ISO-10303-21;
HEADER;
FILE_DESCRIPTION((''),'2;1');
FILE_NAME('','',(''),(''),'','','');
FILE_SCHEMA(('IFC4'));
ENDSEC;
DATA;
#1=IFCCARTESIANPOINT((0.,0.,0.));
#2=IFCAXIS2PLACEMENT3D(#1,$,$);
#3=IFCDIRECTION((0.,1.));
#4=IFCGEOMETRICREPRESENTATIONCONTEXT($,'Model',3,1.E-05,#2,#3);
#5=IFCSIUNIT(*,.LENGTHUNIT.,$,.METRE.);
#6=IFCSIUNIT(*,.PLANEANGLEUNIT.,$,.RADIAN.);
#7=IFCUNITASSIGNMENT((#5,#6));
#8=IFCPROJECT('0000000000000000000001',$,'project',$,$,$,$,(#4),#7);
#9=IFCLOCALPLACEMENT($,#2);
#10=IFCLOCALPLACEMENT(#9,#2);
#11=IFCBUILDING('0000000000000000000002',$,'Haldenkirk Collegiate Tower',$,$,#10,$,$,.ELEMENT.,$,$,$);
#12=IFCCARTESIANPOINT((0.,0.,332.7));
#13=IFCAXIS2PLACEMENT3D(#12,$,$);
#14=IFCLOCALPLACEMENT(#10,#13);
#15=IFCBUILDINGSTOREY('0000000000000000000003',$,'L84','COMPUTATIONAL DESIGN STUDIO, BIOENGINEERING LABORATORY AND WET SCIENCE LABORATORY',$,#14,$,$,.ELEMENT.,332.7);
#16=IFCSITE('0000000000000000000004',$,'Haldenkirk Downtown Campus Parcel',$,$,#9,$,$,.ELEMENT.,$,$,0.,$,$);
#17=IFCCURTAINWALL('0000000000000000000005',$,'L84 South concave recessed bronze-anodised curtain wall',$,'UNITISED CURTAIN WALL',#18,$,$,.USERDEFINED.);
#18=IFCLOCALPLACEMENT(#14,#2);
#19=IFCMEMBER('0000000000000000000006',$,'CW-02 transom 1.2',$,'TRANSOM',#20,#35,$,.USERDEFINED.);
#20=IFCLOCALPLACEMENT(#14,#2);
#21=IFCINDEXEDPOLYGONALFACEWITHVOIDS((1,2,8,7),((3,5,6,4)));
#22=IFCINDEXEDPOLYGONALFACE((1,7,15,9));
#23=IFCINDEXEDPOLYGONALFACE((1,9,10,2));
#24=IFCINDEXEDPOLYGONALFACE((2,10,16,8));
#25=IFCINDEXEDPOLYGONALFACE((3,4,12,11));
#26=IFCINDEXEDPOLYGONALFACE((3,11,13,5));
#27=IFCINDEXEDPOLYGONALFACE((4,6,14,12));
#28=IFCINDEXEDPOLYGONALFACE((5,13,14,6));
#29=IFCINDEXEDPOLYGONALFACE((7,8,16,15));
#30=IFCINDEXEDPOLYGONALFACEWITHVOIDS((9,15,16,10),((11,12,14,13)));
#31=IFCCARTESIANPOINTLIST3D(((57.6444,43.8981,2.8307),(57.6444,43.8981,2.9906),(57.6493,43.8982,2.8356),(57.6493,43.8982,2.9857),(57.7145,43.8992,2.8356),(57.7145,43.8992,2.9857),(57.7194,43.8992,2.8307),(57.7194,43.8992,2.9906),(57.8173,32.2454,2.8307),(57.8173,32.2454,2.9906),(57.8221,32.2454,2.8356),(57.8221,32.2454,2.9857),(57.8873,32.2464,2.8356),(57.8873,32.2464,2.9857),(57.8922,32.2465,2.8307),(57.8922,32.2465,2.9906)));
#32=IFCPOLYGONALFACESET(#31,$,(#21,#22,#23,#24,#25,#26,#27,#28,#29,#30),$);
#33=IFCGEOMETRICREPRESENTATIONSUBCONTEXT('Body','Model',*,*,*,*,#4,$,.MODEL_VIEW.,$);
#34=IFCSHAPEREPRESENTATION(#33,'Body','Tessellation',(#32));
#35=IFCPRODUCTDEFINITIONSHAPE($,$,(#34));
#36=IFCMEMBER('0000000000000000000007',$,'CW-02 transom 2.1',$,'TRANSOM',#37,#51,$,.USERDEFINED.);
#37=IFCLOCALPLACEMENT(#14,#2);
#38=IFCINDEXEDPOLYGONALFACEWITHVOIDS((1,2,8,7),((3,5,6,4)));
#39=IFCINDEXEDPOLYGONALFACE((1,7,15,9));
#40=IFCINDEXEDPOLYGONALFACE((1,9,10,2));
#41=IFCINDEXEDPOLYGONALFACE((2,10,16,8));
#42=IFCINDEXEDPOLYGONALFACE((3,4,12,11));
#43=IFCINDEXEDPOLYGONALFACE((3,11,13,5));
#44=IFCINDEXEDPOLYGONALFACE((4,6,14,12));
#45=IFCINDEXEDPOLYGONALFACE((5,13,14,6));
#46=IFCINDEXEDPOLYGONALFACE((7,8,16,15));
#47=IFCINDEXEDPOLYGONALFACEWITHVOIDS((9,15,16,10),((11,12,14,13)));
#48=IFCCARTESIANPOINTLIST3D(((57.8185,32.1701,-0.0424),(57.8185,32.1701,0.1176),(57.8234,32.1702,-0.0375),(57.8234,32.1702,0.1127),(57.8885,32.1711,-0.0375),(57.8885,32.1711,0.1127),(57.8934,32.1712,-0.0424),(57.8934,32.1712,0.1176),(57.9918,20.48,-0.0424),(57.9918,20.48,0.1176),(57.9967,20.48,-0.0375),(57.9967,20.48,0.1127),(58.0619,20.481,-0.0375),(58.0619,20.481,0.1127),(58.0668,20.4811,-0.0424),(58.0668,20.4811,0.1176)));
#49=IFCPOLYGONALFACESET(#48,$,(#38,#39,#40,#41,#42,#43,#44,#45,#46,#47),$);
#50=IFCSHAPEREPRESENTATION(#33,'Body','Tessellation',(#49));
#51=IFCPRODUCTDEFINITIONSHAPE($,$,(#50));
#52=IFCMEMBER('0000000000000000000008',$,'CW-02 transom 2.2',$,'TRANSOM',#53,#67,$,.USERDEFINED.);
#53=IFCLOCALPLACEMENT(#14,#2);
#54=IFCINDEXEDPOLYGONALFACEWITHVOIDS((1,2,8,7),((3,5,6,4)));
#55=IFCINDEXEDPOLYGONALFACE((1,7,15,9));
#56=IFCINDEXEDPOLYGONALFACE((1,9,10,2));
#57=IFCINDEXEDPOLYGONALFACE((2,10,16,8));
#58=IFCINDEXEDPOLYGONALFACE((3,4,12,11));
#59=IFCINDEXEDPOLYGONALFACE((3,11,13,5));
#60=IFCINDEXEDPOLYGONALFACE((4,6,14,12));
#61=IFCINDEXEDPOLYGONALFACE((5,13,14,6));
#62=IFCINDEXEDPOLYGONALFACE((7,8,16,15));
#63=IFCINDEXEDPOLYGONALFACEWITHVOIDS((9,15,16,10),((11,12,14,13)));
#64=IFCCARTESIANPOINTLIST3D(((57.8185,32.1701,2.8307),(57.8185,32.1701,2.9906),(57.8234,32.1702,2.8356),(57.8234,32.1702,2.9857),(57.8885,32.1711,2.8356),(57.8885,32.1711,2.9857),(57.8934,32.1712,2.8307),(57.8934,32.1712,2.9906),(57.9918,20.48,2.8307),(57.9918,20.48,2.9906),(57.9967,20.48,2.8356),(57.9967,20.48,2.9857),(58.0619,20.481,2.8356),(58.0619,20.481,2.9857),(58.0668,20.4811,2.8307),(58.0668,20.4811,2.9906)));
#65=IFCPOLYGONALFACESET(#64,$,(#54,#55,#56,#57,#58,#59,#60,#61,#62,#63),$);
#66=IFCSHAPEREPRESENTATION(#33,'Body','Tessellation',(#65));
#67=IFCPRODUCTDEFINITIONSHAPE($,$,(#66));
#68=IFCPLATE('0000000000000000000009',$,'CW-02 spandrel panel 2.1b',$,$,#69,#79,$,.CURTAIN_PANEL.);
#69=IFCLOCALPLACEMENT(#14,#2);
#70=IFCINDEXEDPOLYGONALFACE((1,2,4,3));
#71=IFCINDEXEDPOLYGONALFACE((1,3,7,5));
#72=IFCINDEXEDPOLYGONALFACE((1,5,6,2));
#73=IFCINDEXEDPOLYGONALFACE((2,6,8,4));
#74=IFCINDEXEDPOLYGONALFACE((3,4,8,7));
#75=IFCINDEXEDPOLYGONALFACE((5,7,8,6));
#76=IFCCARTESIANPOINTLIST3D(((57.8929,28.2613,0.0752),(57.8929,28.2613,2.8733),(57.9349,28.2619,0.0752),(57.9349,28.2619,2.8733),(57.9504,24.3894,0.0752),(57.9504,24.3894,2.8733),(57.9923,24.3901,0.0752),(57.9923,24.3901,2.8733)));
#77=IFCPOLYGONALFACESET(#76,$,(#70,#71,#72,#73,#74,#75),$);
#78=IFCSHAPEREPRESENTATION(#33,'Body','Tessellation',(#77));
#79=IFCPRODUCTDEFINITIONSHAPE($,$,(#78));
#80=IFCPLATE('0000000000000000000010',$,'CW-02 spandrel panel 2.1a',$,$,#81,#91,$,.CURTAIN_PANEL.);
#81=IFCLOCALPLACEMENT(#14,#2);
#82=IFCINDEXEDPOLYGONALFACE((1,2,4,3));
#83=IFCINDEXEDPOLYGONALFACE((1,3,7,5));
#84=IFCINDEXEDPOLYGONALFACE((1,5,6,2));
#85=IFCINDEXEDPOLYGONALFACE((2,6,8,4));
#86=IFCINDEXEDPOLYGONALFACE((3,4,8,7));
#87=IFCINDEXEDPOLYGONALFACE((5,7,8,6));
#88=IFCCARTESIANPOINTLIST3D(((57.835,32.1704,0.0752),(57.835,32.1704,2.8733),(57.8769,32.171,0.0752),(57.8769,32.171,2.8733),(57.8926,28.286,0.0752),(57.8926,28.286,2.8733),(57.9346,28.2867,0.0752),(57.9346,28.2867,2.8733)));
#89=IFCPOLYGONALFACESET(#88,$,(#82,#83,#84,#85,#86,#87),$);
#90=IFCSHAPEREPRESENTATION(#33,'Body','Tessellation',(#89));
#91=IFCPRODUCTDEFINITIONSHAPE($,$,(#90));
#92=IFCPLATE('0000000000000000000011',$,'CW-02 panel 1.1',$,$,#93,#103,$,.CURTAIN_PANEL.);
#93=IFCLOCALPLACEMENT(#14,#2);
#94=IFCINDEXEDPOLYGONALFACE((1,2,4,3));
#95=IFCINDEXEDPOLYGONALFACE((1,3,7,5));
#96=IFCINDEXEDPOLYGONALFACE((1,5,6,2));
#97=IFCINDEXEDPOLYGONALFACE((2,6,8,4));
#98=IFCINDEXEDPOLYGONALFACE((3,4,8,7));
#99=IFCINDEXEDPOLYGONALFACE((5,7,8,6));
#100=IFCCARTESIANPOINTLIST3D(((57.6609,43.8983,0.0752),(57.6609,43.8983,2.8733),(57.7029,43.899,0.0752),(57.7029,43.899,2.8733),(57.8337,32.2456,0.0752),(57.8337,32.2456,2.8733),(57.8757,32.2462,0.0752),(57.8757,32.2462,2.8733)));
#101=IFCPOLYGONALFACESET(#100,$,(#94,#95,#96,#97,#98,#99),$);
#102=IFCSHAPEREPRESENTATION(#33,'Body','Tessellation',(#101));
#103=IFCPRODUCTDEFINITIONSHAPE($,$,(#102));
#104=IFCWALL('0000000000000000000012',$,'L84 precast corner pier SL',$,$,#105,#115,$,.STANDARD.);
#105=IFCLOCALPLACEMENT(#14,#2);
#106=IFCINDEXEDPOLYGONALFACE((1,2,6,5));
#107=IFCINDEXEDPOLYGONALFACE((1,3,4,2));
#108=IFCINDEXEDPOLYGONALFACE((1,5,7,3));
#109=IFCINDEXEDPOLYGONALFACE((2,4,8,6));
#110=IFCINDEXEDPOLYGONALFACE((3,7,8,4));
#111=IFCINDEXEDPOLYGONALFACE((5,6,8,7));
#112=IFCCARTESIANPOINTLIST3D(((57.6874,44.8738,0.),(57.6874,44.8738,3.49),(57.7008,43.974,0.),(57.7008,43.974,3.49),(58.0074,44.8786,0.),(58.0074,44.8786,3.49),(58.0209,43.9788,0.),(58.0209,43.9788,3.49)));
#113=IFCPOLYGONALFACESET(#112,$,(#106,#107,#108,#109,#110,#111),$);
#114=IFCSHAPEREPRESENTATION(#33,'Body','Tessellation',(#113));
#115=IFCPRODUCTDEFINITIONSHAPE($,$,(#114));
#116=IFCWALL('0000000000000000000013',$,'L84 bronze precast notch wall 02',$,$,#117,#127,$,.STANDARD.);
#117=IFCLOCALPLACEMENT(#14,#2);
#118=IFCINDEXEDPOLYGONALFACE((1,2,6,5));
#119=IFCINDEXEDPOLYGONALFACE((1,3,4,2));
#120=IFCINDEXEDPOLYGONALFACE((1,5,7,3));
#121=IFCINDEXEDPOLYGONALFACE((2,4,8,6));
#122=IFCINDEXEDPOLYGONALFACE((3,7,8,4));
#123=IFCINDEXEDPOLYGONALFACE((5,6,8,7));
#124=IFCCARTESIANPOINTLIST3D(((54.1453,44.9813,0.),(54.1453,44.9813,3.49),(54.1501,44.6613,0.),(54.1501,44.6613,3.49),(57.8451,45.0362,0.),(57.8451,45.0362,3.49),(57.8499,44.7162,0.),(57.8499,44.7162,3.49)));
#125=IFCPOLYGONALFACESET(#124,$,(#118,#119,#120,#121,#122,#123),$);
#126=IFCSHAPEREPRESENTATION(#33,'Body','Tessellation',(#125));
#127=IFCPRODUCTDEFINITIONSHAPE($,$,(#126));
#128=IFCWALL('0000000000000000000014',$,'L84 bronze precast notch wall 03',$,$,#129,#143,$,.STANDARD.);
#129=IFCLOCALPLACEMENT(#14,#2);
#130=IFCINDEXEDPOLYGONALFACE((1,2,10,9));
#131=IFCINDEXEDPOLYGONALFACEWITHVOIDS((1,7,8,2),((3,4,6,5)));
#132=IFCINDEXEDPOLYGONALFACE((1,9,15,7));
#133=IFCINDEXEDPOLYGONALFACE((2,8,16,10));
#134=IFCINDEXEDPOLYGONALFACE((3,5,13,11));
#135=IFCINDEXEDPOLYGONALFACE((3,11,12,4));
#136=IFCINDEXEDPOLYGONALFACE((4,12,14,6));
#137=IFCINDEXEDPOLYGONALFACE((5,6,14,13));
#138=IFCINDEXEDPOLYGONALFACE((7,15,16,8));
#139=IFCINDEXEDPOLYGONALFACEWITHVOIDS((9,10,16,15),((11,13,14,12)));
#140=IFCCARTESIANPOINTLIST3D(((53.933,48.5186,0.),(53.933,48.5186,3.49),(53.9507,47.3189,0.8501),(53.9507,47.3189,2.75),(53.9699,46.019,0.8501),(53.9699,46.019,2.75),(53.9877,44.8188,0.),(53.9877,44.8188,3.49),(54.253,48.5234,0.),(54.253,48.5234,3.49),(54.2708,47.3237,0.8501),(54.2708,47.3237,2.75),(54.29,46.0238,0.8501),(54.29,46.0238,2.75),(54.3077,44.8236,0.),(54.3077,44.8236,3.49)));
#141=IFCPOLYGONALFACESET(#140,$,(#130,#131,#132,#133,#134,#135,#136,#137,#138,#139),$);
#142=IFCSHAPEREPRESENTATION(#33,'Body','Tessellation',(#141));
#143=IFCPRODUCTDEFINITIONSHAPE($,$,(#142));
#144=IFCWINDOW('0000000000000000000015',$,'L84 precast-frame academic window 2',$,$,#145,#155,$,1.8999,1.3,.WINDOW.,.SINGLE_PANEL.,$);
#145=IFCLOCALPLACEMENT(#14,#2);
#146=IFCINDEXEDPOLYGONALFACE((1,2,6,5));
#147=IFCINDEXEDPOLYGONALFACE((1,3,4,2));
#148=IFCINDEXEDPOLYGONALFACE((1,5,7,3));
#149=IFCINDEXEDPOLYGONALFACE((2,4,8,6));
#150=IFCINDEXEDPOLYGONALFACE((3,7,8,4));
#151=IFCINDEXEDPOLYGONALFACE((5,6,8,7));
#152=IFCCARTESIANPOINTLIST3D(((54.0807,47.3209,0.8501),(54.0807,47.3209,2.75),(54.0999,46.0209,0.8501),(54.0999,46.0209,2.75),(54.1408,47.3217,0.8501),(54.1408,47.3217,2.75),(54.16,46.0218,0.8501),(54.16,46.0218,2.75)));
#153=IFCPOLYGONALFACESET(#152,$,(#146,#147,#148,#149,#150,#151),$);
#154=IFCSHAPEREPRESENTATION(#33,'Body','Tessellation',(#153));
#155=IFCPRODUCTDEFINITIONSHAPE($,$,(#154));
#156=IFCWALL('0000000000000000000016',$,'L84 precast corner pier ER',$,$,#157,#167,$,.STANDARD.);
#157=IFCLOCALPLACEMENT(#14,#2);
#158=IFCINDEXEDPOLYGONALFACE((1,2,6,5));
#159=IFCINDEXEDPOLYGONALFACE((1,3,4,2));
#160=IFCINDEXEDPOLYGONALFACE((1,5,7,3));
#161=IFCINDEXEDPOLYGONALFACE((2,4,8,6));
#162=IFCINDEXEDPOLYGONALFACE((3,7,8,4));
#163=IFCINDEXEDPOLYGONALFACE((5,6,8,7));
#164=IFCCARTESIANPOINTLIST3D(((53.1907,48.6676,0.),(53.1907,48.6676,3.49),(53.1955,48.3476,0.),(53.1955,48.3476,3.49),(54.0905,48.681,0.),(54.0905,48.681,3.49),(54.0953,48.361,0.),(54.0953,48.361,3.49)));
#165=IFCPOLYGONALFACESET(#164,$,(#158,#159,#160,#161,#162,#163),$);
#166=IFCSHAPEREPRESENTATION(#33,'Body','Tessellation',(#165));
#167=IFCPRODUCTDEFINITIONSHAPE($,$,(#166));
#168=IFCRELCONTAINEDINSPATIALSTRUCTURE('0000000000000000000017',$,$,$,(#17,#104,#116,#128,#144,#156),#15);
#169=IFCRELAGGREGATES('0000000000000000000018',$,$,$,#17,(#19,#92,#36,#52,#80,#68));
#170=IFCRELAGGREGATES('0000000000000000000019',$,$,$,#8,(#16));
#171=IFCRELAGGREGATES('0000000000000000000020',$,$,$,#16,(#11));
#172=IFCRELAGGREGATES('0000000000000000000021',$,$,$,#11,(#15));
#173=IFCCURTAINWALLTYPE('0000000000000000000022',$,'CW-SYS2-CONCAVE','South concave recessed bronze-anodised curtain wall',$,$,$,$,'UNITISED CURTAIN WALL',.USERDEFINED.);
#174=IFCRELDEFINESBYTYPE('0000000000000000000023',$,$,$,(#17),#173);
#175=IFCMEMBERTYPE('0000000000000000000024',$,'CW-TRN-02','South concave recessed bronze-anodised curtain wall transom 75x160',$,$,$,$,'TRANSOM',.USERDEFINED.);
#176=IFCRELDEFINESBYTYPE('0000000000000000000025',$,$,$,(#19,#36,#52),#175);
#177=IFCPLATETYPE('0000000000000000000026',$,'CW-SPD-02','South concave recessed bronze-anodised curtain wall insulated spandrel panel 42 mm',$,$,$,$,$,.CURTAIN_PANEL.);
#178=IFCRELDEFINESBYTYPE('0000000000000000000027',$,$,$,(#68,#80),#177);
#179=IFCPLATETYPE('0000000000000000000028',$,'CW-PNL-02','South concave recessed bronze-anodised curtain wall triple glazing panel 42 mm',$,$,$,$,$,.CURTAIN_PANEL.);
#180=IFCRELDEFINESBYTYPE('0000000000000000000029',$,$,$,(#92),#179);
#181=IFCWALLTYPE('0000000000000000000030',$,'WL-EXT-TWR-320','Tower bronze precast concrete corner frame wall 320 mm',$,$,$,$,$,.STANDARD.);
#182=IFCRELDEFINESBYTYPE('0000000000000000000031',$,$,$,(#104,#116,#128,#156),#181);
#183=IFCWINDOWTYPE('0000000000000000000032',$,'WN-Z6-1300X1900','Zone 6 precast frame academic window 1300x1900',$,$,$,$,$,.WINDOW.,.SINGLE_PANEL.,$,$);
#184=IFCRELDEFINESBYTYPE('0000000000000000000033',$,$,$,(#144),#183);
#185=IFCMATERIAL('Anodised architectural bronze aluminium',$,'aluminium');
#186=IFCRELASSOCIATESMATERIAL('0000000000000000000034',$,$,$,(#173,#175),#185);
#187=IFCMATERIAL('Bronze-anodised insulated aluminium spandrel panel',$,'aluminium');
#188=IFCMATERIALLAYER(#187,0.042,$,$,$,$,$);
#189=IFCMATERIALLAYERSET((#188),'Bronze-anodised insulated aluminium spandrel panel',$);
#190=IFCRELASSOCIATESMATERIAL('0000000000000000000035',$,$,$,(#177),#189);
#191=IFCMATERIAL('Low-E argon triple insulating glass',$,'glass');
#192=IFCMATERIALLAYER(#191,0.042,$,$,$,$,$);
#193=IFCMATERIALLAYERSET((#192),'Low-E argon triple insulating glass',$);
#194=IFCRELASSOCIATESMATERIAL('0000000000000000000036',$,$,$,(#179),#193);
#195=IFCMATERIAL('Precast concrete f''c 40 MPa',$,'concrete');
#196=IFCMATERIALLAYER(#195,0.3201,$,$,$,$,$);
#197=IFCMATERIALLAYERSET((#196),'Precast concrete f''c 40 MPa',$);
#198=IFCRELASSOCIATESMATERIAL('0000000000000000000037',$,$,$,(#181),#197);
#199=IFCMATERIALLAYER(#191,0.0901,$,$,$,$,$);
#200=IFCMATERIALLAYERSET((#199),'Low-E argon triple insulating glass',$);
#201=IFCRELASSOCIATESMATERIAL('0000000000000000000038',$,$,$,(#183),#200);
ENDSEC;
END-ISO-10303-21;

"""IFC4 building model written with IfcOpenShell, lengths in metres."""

from ifc_helpers import new_model, si_unit, direction, frame, frame_2d, origin, origin_2d, place, context, subcontext, project, spatial, rectangle, hollow_rectangle, extrude, source, transform, mapped, material, layer, layer_set, material_profile, profile_set, type_object, element, fill, aggregate, save


model = new_model("IFC4")

# Units and contexts
model_context = context("Model", 3, precision=1e-05, world=origin(), true_north=direction((0.0, 1.0)))
body_context = subcontext(model_context, "Body", "Model", "MODEL_VIEW")
ifc_project = project(units=[si_unit("LENGTHUNIT", "METRE"), si_unit("PLANEANGLEUNIT", "RADIAN")], contexts=[model_context])

# Site, building, storey
site_placement = place(None, origin())
site = spatial("IfcSite", under=ifc_project, at=site_placement, Name="Haldenkirk Downtown Campus Parcel", CompositionType="ELEMENT", RefElevation=0.0)
building_placement = place(site_placement, origin())
building = spatial("IfcBuilding", under=site, at=building_placement, Name="Haldenkirk Collegiate Tower", CompositionType="ELEMENT")
storey_placement = place(building_placement, frame((0.0, 0.0, 332.7)))
storey = spatial("IfcBuildingStorey", under=building, at=storey_placement, Name="L84", Description="COMPUTATIONAL DESIGN STUDIO, BIOENGINEERING LABORATORY AND WET SCIENCE LABORATORY", CompositionType="ELEMENT", Elevation=332.7)

# Curtain wall
ifc_material_1 = material(Name="Anodised architectural bronze aluminium", Category="aluminium")
curtain_wall_type_1 = type_object("IfcCurtainWallType", Name="CW-SYS2-CONCAVE", Description="South concave recessed bronze-anodised curtain wall", ElementType="UNITISED CURTAIN WALL", PredefinedType="USERDEFINED", material=ifc_material_1)
curtain_wall_1_placement = place(storey_placement, origin())
curtain_wall_1 = element("IfcCurtainWall", 1, at=curtain_wall_1_placement, inside=storey, type_object=curtain_wall_type_1, Name="L84 South concave recessed bronze-anodised curtain wall", ObjectType="UNITISED CURTAIN WALL", PredefinedType="USERDEFINED")

# Members
ifc_material_profile_1 = material_profile(ifc_material_1, hollow_rectangle(XDim=0.075, YDim=0.1599, WallThickness=0.0049, at=origin_2d()), Name="CW-TRN-02")
ifc_profile_set_1 = profile_set([ifc_material_profile_1], Name="Anodised architectural bronze aluminium")
member_type_1 = type_object("IfcMemberType", Name="CW-TRN-02", Description="South concave recessed bronze-anodised curtain wall transom 75x160", ElementType="TRANSOM", PredefinedType="USERDEFINED", material=ifc_profile_set_1)
member_1_placement = place(storey_placement, frame((57.6819, 43.8987, 2.9106), z_axis=(0.014832, -0.99989, 0.0), x_axis=(0.99989, 0.014832, 0.0)))
member_1 = element("IfcMember", 2, at=member_1_placement, type_object=member_type_1, Name="CW-02 transom 1.2", ObjectType="TRANSOM", PredefinedType="USERDEFINED", context=body_context, shape_type="SweptSolid", body=[
    extrude(hollow_rectangle(XDim=0.075, YDim=0.1599, WallThickness=0.0049, at=origin_2d()), origin(), (0.0, 0.0, 1.0), 11.6541),
])
member_2_placement = place(storey_placement, frame((57.856, 32.1707, 0.0376), z_axis=(0.014826, -0.99989, 0.0), x_axis=(0.99989, 0.014826, 0.0)))
member_2 = element("IfcMember", 3, at=member_2_placement, type_object=member_type_1, Name="CW-02 transom 2.1", ObjectType="TRANSOM", PredefinedType="USERDEFINED", context=body_context, shape_type="SweptSolid", body=[
    extrude(hollow_rectangle(XDim=0.075, YDim=0.1599, WallThickness=0.0049, at=origin_2d()), origin(), (0.0, 0.0, 1.0), 11.6914),
])
member_3_placement = place(storey_placement, frame((57.856, 32.1707, 2.9106), z_axis=(0.014826, -0.99989, 0.0), x_axis=(0.99989, 0.014826, 0.0)))
member_3 = element("IfcMember", 4, at=member_3_placement, type_object=member_type_1, Name="CW-02 transom 2.2", ObjectType="TRANSOM", PredefinedType="USERDEFINED", context=body_context, shape_type="SweptSolid", body=[
    extrude(hollow_rectangle(XDim=0.075, YDim=0.1599, WallThickness=0.0049, at=origin_2d()), origin(), (0.0, 0.0, 1.0), 11.6914),
])

# Plates
ifc_material_2 = material(Name="Bronze-anodised insulated aluminium spandrel panel", Category="aluminium")
ifc_layer_1 = layer(ifc_material_2, 0.042)
ifc_layer_set_1 = layer_set([ifc_layer_1], Name="Bronze-anodised insulated aluminium spandrel panel")
plate_type_1 = type_object("IfcPlateType", Name="CW-SPD-02", Description="South concave recessed bronze-anodised curtain wall insulated spandrel panel 42 mm", PredefinedType="CURTAIN_PANEL", material=ifc_layer_set_1)
shared_shape_1 = source(origin(), body_context, "Body", "SweptSolid", [
    extrude(rectangle(XDim=3.8723, YDim=0.042, at=origin_2d()), origin(), (0.0, 0.0, 1.0), 2.7981),
])
plate_1_placement = place(storey_placement, frame((57.9426, 26.3257, 0.0752), z_axis=(0.0, 0.0, 1.0), x_axis=(0.014833, -0.99989, 0.0)))
plate_1 = element("IfcPlate", 5, at=plate_1_placement, type_object=plate_type_1, Name="CW-02 spandrel panel 2.1b", PredefinedType="CURTAIN_PANEL", context=body_context, shape_type="MappedRepresentation", body=[
    mapped(shared_shape_1, transform((0.0, 0.0, 0.0), x_axis=(1.0, 0.0, 0.0), y_axis=(0.0, 1.0, 0.0), z_axis=(0.0, 0.0, 1.0), scale=1.0)),
])
shared_shape_2 = source(origin(), body_context, "Body", "SweptSolid", [
    extrude(rectangle(XDim=3.8848, YDim=0.042, at=origin_2d()), origin(), (0.0, 0.0, 1.0), 2.7981),
])
plate_2_placement = place(storey_placement, frame((57.8848, 30.2285, 0.0752), z_axis=(0.0, 0.0, 1.0), x_axis=(0.014833, -0.99989, 0.0)))
plate_2 = element("IfcPlate", 6, at=plate_2_placement, type_object=plate_type_1, Name="CW-02 spandrel panel 2.1a", PredefinedType="CURTAIN_PANEL", context=body_context, shape_type="MappedRepresentation", body=[
    mapped(shared_shape_2, transform((0.0, 0.0, 0.0), x_axis=(1.0, 0.0, 0.0), y_axis=(0.0, 1.0, 0.0), z_axis=(0.0, 0.0, 1.0), scale=1.0)),
])
ifc_material_3 = material(Name="Low-E argon triple insulating glass", Category="glass")
ifc_layer_2 = layer(ifc_material_3, 0.042)
ifc_layer_set_2 = layer_set([ifc_layer_2], Name="Low-E argon triple insulating glass")
plate_type_2 = type_object("IfcPlateType", Name="CW-PNL-02", Description="South concave recessed bronze-anodised curtain wall triple glazing panel 42 mm", PredefinedType="CURTAIN_PANEL", material=ifc_layer_set_2)
shared_shape_3 = source(origin(), body_context, "Body", "SweptSolid", [
    extrude(rectangle(XDim=11.6541, YDim=0.042, at=origin_2d()), origin(), (0.0, 0.0, 1.0), 2.7981),
])
plate_3_placement = place(storey_placement, frame((57.7683, 38.0723, 0.0752), z_axis=(0.0, 0.0, 1.0), x_axis=(0.014833, -0.99989, 0.0)))
plate_3 = element("IfcPlate", 7, at=plate_3_placement, type_object=plate_type_2, Name="CW-02 panel 1.1", PredefinedType="CURTAIN_PANEL", context=body_context, shape_type="MappedRepresentation", body=[
    mapped(shared_shape_3, transform((0.0, 0.0, 0.0), x_axis=(1.0, 0.0, 0.0), y_axis=(0.0, 1.0, 0.0), z_axis=(0.0, 0.0, 1.0), scale=1.0)),
])
aggregate(curtain_wall_1, [member_1, plate_3, member_2, member_3, plate_2, plate_1])

# Walls
ifc_material_4 = material(Name="Precast concrete f'c 40 MPa", Category="concrete")
ifc_layer_3 = layer(ifc_material_4, 0.3201)
ifc_layer_set_3 = layer_set([ifc_layer_3], Name="Precast concrete f'c 40 MPa")
wall_type_1 = type_object("IfcWallType", Name="WL-EXT-TWR-320", Description="Tower bronze precast concrete corner frame wall 320 mm", PredefinedType="STANDARD", material=ifc_layer_set_3)
wall_1_placement = place(storey_placement, frame((57.8474, 44.8762, 0.0), z_axis=(0.0, 0.0, 1.0), x_axis=(0.01492, -0.999889, 0.0)))
element("IfcWall", 8, at=wall_1_placement, inside=storey, type_object=wall_type_1, Name="L84 precast corner pier SL", PredefinedType="STANDARD", context=body_context, shape_type="SweptSolid", body=[
    extrude(rectangle(XDim=0.8999, YDim=0.3201, at=frame_2d((0.45, 0.0))), origin(), (0.0, 0.0, 1.0), 3.49),
])
wall_2_placement = place(storey_placement, frame((54.1477, 44.8213, 0.0), z_axis=(0.0, 0.0, 1.0), x_axis=(0.99989, 0.014846, 0.0)))
element("IfcWall", 9, at=wall_2_placement, inside=storey, type_object=wall_type_1, Name="L84 bronze precast notch wall 02", PredefinedType="STANDARD", context=body_context, shape_type="SweptSolid", body=[
    extrude(rectangle(XDim=3.7002, YDim=0.3201, at=frame_2d((1.8501, 0.0))), origin(), (0.0, 0.0, 1.0), 3.49),
])

# Wall, opening, window
wall_3_placement = place(storey_placement, frame((54.093, 48.521, 0.0), z_axis=(0.0, 0.0, 1.0), x_axis=(0.01478, -0.999891, 0.0)))
wall_3 = element("IfcWall", 10, at=wall_3_placement, inside=storey, type_object=wall_type_1, Name="L84 bronze precast notch wall 03", PredefinedType="STANDARD", context=body_context, shape_type="SweptSolid", body=[
    extrude(rectangle(XDim=3.7002, YDim=0.3201, at=frame_2d((1.8501, 0.0))), origin(), (0.0, 0.0, 1.0), 3.49),
])
opening_placement = place(wall_3_placement, frame((1.2, 0.0, 0.8501)))
opening = element("IfcOpeningElement", 11, at=opening_placement, cuts=wall_3, PredefinedType="OPENING", context=body_context, shape_type="SweptSolid", body=[
    extrude(rectangle(XDim=1.3, YDim=1.8999, at=frame_2d((0.6499, 0.95))), frame((0.0, 0.1699, 0.0), z_axis=(0.0, -1.0, 0.0), x_axis=(1.0, 0.0, 0.0)), (0.0, 0.0, 1.0), 0.3401),
])
ifc_layer_4 = layer(ifc_material_3, 0.0901)
ifc_layer_set_4 = layer_set([ifc_layer_4], Name="Low-E argon triple insulating glass")
window_type = type_object("IfcWindowType", Name="WN-Z6-1300X1900", Description="Zone 6 precast frame academic window 1300x1900", PartitioningType="SINGLE_PANEL", PredefinedType="WINDOW", material=ifc_layer_set_4)
window_placement = place(opening_placement, origin())
window = element("IfcWindow", 12, at=window_placement, inside=storey, type_object=window_type, Name="L84 precast-frame academic window 2", OverallHeight=1.8999, OverallWidth=1.3, PartitioningType="SINGLE_PANEL", PredefinedType="WINDOW", context=body_context, shape_type="SweptSolid", body=[
    extrude(rectangle(XDim=1.3, YDim=1.8999, at=frame_2d((0.6499, 0.95))), frame((0.0, 0.03, 0.0), z_axis=(0.0, -1.0, 0.0), x_axis=(1.0, 0.0, 0.0)), (0.0, 0.0, 1.0), 0.0601),
])
fill(opening, window)

# Wall
wall_4_placement = place(storey_placement, frame((53.1931, 48.5076, 0.0), z_axis=(0.0, 0.0, 1.0), x_axis=(0.999889, 0.01492, 0.0)))
element("IfcWall", 13, at=wall_4_placement, inside=storey, type_object=wall_type_1, Name="L84 precast corner pier ER", PredefinedType="STANDARD", context=body_context, shape_type="SweptSolid", body=[
    extrude(rectangle(XDim=0.8999, YDim=0.3201, at=frame_2d((0.45, 0.0))), origin(), (0.0, 0.0, 1.0), 3.49),
])

save(model, "model.ifc")
